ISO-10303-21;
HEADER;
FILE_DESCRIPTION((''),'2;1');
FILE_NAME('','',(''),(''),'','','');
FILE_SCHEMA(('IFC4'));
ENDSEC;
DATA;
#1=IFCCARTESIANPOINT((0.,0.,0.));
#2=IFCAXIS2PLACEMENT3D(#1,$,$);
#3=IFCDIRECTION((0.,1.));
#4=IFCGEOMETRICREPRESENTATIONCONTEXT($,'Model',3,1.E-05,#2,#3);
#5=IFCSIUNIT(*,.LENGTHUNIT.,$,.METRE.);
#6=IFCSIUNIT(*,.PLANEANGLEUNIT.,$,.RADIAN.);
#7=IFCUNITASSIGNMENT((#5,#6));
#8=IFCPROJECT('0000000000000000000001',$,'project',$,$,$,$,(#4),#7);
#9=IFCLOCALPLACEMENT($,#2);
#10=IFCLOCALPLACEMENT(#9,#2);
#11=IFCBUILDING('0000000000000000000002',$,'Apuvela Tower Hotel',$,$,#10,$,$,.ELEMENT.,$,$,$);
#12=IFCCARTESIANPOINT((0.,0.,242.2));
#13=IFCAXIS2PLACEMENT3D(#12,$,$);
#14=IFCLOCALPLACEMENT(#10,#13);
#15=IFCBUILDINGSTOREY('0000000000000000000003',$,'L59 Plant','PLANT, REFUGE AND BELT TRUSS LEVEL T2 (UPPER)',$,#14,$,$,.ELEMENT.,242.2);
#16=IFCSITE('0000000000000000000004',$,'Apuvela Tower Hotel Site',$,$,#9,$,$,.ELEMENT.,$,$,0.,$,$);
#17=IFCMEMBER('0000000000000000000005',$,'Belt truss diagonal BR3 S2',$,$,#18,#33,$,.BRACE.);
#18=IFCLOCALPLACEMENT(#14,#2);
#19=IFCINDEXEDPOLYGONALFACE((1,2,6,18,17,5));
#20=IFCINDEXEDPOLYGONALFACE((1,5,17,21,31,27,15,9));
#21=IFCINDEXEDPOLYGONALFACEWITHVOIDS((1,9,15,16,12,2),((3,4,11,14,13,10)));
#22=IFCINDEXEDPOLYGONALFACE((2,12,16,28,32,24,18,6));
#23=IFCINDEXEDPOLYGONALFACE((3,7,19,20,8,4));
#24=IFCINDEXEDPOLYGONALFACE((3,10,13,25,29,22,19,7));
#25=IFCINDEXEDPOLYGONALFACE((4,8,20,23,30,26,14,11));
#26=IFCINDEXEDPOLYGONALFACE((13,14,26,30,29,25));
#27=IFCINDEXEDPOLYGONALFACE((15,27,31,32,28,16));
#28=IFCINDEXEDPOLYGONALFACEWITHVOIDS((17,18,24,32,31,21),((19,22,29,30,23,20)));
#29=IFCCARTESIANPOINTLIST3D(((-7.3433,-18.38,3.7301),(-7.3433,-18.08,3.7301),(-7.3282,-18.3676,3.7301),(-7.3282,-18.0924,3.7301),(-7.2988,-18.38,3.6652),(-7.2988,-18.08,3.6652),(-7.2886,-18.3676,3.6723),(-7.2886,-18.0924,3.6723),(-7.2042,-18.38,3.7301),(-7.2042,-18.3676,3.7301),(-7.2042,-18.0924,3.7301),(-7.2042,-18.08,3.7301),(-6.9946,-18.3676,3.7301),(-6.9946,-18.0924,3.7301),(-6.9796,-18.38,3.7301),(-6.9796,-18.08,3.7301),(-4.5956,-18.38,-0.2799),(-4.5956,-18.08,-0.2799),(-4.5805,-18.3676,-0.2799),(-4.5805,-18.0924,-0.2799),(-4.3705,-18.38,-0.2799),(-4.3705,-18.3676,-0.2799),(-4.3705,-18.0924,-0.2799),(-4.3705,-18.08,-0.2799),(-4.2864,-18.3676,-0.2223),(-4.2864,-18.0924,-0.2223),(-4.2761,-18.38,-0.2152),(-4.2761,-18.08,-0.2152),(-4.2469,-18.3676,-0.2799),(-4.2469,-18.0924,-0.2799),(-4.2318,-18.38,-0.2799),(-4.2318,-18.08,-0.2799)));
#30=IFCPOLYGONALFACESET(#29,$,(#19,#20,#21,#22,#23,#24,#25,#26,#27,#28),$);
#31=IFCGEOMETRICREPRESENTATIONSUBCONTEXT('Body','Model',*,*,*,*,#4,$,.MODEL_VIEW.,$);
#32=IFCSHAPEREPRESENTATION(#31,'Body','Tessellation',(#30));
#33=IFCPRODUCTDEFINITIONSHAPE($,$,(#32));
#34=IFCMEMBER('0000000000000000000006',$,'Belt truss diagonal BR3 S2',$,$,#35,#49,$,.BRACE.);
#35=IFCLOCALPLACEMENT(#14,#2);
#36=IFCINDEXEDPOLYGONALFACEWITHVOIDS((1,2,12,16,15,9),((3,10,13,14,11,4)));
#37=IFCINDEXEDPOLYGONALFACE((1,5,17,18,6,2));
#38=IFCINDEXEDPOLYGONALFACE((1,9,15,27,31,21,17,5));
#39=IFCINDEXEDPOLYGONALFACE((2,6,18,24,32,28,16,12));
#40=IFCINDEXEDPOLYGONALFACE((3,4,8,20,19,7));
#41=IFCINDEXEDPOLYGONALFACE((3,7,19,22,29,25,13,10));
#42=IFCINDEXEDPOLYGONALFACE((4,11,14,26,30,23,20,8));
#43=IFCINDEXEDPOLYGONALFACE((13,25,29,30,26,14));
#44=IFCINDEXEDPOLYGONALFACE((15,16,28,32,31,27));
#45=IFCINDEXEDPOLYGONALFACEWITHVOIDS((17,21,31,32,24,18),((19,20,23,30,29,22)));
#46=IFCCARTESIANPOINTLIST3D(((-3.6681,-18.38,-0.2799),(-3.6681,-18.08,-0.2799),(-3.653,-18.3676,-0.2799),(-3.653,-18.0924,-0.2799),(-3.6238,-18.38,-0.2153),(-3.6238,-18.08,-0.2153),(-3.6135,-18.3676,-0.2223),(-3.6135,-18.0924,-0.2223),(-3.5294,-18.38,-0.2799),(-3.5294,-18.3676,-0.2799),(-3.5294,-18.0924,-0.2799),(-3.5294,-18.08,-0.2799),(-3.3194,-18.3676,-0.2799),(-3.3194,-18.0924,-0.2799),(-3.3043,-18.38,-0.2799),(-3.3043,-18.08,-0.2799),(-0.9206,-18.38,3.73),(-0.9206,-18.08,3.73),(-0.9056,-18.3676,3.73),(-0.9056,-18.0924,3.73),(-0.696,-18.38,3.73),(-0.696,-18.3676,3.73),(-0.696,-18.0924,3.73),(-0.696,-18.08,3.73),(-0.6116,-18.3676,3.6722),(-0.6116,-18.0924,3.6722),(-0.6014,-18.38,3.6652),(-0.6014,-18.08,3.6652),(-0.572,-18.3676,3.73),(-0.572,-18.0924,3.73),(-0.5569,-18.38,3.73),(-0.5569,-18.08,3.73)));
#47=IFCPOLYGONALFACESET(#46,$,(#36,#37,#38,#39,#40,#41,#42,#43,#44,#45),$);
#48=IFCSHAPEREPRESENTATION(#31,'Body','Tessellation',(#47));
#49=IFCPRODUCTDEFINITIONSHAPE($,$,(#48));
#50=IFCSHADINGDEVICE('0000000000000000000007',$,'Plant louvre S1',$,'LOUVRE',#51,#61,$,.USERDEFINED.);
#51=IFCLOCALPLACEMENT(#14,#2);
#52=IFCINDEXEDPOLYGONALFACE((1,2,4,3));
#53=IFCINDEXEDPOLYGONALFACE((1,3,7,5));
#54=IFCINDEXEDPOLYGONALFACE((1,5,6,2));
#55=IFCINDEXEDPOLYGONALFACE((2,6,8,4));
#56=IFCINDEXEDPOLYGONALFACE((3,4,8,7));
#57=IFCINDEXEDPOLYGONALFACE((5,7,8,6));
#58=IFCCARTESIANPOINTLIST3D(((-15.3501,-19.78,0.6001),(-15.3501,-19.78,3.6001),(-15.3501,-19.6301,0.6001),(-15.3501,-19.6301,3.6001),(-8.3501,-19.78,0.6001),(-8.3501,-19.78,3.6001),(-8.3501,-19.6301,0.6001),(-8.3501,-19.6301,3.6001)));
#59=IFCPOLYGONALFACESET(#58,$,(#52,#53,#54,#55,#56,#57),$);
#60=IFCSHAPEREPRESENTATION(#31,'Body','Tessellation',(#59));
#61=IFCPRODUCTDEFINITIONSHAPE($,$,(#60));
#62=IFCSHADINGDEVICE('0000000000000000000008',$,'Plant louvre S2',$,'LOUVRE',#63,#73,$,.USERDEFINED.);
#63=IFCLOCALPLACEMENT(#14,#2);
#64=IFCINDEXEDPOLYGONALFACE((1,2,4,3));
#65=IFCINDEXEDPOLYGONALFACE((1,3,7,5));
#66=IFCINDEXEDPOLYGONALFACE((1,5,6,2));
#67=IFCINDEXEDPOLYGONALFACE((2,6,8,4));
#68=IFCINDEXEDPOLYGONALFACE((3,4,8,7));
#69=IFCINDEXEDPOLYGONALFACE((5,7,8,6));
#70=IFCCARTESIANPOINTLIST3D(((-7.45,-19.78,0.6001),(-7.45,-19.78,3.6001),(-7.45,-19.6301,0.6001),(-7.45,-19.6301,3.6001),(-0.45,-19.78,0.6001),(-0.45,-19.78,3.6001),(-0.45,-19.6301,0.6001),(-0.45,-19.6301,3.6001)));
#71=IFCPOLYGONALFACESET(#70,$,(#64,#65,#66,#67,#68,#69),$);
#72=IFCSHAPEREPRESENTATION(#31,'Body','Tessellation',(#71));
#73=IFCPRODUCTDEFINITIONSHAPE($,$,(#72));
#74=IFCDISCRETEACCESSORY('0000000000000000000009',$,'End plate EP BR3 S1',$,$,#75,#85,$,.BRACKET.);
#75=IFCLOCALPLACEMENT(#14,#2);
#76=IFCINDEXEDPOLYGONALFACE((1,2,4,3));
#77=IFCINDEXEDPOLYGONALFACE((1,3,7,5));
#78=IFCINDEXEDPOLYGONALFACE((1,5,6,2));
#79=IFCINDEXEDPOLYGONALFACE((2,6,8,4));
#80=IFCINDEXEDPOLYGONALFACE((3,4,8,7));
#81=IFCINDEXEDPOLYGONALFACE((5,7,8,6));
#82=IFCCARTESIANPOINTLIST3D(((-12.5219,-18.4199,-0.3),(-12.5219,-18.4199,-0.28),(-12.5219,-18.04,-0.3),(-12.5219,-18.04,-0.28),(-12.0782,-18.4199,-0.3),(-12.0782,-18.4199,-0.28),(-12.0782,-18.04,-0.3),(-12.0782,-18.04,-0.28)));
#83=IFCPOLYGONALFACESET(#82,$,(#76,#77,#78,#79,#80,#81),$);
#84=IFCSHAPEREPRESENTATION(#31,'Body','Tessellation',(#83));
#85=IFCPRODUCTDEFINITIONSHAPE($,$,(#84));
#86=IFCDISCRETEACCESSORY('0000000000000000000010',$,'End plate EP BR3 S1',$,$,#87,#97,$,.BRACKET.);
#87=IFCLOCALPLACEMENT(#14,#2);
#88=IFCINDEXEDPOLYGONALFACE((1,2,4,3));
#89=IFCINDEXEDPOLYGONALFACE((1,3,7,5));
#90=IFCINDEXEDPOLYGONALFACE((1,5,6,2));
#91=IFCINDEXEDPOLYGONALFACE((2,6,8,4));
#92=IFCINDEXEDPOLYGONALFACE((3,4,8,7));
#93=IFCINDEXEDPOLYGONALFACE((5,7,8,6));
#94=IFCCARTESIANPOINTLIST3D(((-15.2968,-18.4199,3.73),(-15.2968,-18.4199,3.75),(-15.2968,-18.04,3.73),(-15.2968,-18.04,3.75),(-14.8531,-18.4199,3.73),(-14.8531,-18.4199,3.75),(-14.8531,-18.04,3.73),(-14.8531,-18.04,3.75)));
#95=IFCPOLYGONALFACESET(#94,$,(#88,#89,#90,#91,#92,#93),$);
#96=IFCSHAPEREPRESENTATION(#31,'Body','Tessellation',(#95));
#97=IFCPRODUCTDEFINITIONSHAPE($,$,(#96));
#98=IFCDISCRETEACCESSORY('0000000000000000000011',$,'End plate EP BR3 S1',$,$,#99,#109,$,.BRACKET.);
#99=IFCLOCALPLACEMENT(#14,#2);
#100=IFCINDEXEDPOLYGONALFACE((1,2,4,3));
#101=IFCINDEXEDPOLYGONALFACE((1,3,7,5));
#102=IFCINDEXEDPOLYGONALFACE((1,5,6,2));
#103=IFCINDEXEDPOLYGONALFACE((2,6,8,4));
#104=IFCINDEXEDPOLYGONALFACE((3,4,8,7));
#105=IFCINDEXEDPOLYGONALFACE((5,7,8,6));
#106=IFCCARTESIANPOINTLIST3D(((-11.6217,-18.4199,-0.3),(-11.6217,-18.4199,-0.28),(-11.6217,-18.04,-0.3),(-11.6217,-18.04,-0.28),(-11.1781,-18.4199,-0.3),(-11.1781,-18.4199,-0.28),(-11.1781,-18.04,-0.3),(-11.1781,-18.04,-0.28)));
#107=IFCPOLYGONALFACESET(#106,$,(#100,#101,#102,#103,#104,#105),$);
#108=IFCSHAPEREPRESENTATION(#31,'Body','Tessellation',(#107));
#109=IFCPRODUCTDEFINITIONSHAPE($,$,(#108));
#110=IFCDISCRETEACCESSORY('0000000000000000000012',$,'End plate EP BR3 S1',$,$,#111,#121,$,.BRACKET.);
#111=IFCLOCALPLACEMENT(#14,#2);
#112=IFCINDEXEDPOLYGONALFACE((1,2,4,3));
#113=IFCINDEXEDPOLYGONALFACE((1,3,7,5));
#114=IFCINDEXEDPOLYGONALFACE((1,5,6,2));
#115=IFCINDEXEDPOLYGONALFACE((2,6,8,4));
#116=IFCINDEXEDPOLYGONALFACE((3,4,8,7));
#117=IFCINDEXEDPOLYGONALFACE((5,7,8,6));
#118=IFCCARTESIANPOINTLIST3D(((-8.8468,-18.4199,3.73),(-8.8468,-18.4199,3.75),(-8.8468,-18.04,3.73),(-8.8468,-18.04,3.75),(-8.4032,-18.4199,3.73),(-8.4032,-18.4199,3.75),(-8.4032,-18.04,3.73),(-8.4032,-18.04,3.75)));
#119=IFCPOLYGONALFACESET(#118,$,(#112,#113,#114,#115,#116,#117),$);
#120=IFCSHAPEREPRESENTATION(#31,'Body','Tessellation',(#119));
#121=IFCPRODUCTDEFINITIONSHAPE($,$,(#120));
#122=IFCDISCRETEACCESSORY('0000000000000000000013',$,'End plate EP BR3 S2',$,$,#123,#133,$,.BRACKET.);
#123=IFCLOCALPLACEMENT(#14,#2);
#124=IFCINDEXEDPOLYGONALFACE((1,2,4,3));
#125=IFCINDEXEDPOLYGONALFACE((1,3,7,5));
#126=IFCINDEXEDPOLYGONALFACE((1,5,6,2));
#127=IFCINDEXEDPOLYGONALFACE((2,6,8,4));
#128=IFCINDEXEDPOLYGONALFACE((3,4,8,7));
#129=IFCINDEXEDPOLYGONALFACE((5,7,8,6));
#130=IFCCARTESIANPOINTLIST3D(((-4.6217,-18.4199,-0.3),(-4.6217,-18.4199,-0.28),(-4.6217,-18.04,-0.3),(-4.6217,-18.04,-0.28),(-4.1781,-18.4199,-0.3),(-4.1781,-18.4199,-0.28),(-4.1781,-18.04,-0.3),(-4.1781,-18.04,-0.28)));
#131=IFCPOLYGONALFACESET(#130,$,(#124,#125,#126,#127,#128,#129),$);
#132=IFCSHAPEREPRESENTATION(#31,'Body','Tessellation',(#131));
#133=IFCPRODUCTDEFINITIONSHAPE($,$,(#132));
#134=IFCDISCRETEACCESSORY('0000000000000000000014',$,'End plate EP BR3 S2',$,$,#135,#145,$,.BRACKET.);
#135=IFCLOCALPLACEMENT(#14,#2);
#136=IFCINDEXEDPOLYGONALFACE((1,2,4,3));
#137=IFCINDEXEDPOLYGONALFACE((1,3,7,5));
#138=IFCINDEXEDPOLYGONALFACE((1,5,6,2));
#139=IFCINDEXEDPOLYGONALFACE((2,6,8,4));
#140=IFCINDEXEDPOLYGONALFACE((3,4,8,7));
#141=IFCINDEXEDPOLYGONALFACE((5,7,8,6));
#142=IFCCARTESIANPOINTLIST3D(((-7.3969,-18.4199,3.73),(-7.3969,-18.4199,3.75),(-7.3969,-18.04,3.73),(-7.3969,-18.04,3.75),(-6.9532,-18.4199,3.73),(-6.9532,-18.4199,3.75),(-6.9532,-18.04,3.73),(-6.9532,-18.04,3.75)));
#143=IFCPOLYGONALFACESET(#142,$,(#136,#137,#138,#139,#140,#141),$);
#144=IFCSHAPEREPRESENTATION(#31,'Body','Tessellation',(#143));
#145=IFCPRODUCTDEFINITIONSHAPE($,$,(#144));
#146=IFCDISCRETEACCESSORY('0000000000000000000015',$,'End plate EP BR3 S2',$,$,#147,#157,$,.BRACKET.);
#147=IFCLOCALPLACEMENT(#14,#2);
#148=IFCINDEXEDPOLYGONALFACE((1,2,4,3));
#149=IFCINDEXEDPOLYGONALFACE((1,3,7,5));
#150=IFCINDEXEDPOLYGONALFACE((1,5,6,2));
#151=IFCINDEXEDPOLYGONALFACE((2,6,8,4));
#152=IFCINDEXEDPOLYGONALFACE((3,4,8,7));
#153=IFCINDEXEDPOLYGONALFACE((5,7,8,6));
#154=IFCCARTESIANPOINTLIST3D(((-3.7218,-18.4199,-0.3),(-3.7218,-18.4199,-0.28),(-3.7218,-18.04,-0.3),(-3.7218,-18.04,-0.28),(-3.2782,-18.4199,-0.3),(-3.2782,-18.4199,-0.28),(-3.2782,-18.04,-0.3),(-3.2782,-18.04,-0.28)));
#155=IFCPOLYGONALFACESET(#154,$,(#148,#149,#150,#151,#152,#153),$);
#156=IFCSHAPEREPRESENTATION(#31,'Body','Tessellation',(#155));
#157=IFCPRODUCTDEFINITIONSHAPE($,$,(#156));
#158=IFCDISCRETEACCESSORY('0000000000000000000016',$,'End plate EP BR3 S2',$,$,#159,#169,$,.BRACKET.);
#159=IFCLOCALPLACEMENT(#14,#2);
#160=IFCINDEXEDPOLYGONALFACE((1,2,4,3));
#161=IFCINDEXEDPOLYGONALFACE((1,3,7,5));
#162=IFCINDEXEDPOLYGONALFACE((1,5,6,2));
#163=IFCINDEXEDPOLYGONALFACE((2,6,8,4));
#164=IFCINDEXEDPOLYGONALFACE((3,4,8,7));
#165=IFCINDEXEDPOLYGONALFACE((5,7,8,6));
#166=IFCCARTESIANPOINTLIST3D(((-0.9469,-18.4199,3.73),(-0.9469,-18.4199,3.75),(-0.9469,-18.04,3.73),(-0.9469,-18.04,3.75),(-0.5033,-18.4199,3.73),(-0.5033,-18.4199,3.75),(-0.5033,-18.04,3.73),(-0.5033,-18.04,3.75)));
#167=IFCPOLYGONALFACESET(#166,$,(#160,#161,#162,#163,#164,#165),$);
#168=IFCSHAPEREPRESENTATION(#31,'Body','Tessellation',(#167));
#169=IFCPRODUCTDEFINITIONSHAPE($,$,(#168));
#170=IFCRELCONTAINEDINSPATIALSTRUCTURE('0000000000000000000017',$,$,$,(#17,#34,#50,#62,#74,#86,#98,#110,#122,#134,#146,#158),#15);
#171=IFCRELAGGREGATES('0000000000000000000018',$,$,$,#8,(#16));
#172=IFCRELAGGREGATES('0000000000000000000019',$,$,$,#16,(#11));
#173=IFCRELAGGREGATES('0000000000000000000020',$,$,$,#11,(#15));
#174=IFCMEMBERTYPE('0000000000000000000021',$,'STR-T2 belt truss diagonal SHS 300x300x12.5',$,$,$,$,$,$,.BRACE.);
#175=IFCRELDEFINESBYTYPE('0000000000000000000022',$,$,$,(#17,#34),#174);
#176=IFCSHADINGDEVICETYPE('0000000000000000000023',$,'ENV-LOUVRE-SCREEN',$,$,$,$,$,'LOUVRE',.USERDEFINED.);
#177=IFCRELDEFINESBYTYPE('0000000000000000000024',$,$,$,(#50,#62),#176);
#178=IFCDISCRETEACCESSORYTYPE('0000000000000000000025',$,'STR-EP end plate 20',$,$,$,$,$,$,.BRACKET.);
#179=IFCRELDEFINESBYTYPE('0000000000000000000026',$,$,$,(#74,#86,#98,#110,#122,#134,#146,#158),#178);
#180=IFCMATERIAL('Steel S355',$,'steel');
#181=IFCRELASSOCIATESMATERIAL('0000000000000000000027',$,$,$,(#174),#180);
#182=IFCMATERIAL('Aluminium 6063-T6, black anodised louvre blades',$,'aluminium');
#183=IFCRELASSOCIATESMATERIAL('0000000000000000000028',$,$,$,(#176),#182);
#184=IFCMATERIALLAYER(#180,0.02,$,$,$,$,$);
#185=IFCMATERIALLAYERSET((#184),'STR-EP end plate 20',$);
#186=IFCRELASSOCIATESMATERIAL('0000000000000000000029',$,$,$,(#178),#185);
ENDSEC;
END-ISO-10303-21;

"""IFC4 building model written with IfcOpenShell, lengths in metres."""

from ifc_helpers import new_model, si_unit, direction, frame, origin, origin_2d, place, context, subcontext, project, spatial, rectangle, hollow_rectangle, extrude, boolean, halfspace, material, layer, layer_set, material_profile, profile_set, type_object, element, save


model = new_model("IFC4")

# Units and contexts
model_context = context("Model", 3, precision=1e-05, world=origin(), true_north=direction((0.0, 1.0)))
body_context = subcontext(model_context, "Body", "Model", "MODEL_VIEW")
ifc_project = project(units=[si_unit("LENGTHUNIT", "METRE"), si_unit("PLANEANGLEUNIT", "RADIAN")], contexts=[model_context])

# Site, building, storey
site_placement = place(None, origin())
site = spatial("IfcSite", under=ifc_project, at=site_placement, Name="Apuvela Tower Hotel Site", CompositionType="ELEMENT", RefElevation=0.0)
building_placement = place(site_placement, origin())
building = spatial("IfcBuilding", under=site, at=building_placement, Name="Apuvela Tower Hotel", CompositionType="ELEMENT")
storey_placement = place(building_placement, frame((0.0, 0.0, 242.2)))
storey = spatial("IfcBuildingStorey", under=building, at=storey_placement, Name="L59 Plant", Description="PLANT, REFUGE AND BELT TRUSS LEVEL T2 (UPPER)", CompositionType="ELEMENT", Elevation=242.2)

# Shared definitions
ifc_material_1 = material(Name="Steel S355", Category="steel")

# Members
ifc_material_profile_1 = material_profile(ifc_material_1, hollow_rectangle(XDim=0.3, YDim=0.3, WallThickness=0.0125, at=origin_2d()), Name="SHS 300x300x12.5")
ifc_profile_set_1 = profile_set([ifc_material_profile_1], Name="Steel S355")
member_type = type_object("IfcMemberType", Name="STR-T2 belt truss diagonal SHS 300x300x12.5", PredefinedType="BRACE", material=ifc_profile_set_1)
member_1_placement = place(storey_placement, frame((-4.3999, -18.23, -0.3), z_axis=(-0.565247, 0.0, 0.824922), x_axis=(0.824922, 0.0, 0.565247)))
solid_1 = boolean("DIFFERENCE", boolean("DIFFERENCE", extrude(hollow_rectangle(XDim=0.3, YDim=0.3, WallThickness=0.0125, at=origin_2d()), frame((0.0, 0.0, -0.2229)), (0.0, 0.0, 1.0), 5.3552), halfspace(frame((0.0, 0.0, 0.0244), z_axis=(0.565247, 0.0, 0.824922), x_axis=(0.824922, 0.0, -0.565247)), True)), halfspace(frame((0.0, 0.0, 4.8855), z_axis=(0.565247, 0.0, 0.824922), x_axis=(0.824922, 0.0, -0.565247)), False))
element("IfcMember", 1, at=member_1_placement, inside=storey, type_object=member_type, Name="Belt truss diagonal BR3 S2", PredefinedType="BRACE", context=body_context, shape_type="SweptSolid", body=[
    boolean("UNION", boolean("DIFFERENCE", boolean("DIFFERENCE", extrude(hollow_rectangle(XDim=0.3, YDim=0.3, WallThickness=0.0125, at=origin_2d()), origin(), (0.0, 0.0, 1.0), 4.9097), halfspace(frame((0.0, 0.0, 0.0244), z_axis=(0.565247, 0.0, 0.824922), x_axis=(0.824922, 0.0, -0.565247)), True)), halfspace(frame((0.0, 0.0, 4.8855), z_axis=(0.565247, 0.0, 0.824922), x_axis=(0.824922, 0.0, -0.565247)), False)), solid_1),
])
member_2_placement = place(storey_placement, frame((-3.5, -18.23, -0.3), z_axis=(0.565213, 0.0, 0.824945), x_axis=(-0.824945, 0.0, 0.565213)))
solid_2 = boolean("DIFFERENCE", boolean("DIFFERENCE", extrude(hollow_rectangle(XDim=0.3, YDim=0.3, WallThickness=0.0125, at=origin_2d()), frame((0.0, 0.0, -0.2229)), (0.0, 0.0, 1.0), 5.355), halfspace(frame((0.0, 0.0, 0.0244), z_axis=(0.565213, 0.0, 0.824945), x_axis=(0.824945, 0.0, -0.565213)), True)), halfspace(frame((0.0, 0.0, 4.8853), z_axis=(0.565213, 0.0, 0.824945), x_axis=(0.824945, 0.0, -0.565213)), False))
element("IfcMember", 2, at=member_2_placement, inside=storey, type_object=member_type, Name="Belt truss diagonal BR3 S2", PredefinedType="BRACE", context=body_context, shape_type="SweptSolid", body=[
    boolean("UNION", boolean("DIFFERENCE", boolean("DIFFERENCE", extrude(hollow_rectangle(XDim=0.3, YDim=0.3, WallThickness=0.0125, at=origin_2d()), origin(), (0.0, 0.0, 1.0), 4.9094), halfspace(frame((0.0, 0.0, 0.0244), z_axis=(0.565213, 0.0, 0.824945), x_axis=(0.824945, 0.0, -0.565213)), True)), halfspace(frame((0.0, 0.0, 4.8853), z_axis=(0.565213, 0.0, 0.824945), x_axis=(0.824945, 0.0, -0.565213)), False)), solid_2),
])

# Shading devices
ifc_material_2 = material(Name="Aluminium 6063-T6, black anodised louvre blades", Category="aluminium")
shading_device_type = type_object("IfcShadingDeviceType", Name="ENV-LOUVRE-SCREEN", ElementType="LOUVRE", PredefinedType="USERDEFINED", material=ifc_material_2)
for number, where, z_axis, x_axis, name in (
    (3, (-11.8501, -19.7051, 0.6001), (0.0, 0.0, 1.0), (1.0, 0.0, 0.0), "Plant louvre S1"),
    (4, (-3.95, -19.7051, 0.6001), (0.0, 0.0, 1.0), (1.0, 0.0, 0.0), "Plant louvre S2"),
):
    element("IfcShadingDevice", number, at=place(storey_placement, frame(where, z_axis=z_axis, x_axis=x_axis)), inside=storey, type_object=shading_device_type, Name=name, ObjectType="LOUVRE", PredefinedType="USERDEFINED", context=body_context, shape_type="SweptSolid", body=[
        extrude(rectangle(XDim=7.0, YDim=0.1499, at=origin_2d()), origin(), (0.0, 0.0, 1.0), 3.0),
    ])

# Discrete accessories
ifc_layer = layer(ifc_material_1, 0.02)
ifc_layer_set = layer_set([ifc_layer], Name="STR-EP end plate 20")
discrete_accessory_type = type_object("IfcDiscreteAccessoryType", Name="STR-EP end plate 20", PredefinedType="BRACKET", material=ifc_layer_set)
for number, where, z_axis, x_axis, name in (
    (5, (-12.3, -18.23, -0.3), (0.0, 0.0, 1.0), (-1.0, 0.0, 0.0), "End plate EP BR3 S1"),
    (6, (-15.075, -18.23, 3.73), (0.0, 0.0, 1.0), (-1.0, 0.0, 0.0), "End plate EP BR3 S1"),
    (7, (-11.3999, -18.23, -0.3), (0.0, 0.0, 1.0), (1.0, 0.0, 0.0), "End plate EP BR3 S1"),
    (8, (-8.625, -18.23, 3.73), (0.0, 0.0, 1.0), (1.0, 0.0, 0.0), "End plate EP BR3 S1"),
    (9, (-4.3999, -18.23, -0.3), (0.0, 0.0, 1.0), (-1.0, 0.0, 0.0), "End plate EP BR3 S2"),
    (10, (-7.175, -18.23, 3.73), (0.0, 0.0, 1.0), (-1.0, 0.0, 0.0), "End plate EP BR3 S2"),
    (11, (-3.5, -18.23, -0.3), (0.0, 0.0, 1.0), (1.0, 0.0, 0.0), "End plate EP BR3 S2"),
    (12, (-0.7251, -18.23, 3.73), (0.0, 0.0, 1.0), (1.0, 0.0, 0.0), "End plate EP BR3 S2"),
):
    element("IfcDiscreteAccessory", number, at=place(storey_placement, frame(where, z_axis=z_axis, x_axis=x_axis)), inside=storey, type_object=discrete_accessory_type, Name=name, PredefinedType="BRACKET", context=body_context, shape_type="SweptSolid", body=[
        extrude(rectangle(XDim=0.4436, YDim=0.3799, at=origin_2d()), origin(), (0.0, 0.0, 1.0), 0.02),
    ])

save(model, "model.ifc")
